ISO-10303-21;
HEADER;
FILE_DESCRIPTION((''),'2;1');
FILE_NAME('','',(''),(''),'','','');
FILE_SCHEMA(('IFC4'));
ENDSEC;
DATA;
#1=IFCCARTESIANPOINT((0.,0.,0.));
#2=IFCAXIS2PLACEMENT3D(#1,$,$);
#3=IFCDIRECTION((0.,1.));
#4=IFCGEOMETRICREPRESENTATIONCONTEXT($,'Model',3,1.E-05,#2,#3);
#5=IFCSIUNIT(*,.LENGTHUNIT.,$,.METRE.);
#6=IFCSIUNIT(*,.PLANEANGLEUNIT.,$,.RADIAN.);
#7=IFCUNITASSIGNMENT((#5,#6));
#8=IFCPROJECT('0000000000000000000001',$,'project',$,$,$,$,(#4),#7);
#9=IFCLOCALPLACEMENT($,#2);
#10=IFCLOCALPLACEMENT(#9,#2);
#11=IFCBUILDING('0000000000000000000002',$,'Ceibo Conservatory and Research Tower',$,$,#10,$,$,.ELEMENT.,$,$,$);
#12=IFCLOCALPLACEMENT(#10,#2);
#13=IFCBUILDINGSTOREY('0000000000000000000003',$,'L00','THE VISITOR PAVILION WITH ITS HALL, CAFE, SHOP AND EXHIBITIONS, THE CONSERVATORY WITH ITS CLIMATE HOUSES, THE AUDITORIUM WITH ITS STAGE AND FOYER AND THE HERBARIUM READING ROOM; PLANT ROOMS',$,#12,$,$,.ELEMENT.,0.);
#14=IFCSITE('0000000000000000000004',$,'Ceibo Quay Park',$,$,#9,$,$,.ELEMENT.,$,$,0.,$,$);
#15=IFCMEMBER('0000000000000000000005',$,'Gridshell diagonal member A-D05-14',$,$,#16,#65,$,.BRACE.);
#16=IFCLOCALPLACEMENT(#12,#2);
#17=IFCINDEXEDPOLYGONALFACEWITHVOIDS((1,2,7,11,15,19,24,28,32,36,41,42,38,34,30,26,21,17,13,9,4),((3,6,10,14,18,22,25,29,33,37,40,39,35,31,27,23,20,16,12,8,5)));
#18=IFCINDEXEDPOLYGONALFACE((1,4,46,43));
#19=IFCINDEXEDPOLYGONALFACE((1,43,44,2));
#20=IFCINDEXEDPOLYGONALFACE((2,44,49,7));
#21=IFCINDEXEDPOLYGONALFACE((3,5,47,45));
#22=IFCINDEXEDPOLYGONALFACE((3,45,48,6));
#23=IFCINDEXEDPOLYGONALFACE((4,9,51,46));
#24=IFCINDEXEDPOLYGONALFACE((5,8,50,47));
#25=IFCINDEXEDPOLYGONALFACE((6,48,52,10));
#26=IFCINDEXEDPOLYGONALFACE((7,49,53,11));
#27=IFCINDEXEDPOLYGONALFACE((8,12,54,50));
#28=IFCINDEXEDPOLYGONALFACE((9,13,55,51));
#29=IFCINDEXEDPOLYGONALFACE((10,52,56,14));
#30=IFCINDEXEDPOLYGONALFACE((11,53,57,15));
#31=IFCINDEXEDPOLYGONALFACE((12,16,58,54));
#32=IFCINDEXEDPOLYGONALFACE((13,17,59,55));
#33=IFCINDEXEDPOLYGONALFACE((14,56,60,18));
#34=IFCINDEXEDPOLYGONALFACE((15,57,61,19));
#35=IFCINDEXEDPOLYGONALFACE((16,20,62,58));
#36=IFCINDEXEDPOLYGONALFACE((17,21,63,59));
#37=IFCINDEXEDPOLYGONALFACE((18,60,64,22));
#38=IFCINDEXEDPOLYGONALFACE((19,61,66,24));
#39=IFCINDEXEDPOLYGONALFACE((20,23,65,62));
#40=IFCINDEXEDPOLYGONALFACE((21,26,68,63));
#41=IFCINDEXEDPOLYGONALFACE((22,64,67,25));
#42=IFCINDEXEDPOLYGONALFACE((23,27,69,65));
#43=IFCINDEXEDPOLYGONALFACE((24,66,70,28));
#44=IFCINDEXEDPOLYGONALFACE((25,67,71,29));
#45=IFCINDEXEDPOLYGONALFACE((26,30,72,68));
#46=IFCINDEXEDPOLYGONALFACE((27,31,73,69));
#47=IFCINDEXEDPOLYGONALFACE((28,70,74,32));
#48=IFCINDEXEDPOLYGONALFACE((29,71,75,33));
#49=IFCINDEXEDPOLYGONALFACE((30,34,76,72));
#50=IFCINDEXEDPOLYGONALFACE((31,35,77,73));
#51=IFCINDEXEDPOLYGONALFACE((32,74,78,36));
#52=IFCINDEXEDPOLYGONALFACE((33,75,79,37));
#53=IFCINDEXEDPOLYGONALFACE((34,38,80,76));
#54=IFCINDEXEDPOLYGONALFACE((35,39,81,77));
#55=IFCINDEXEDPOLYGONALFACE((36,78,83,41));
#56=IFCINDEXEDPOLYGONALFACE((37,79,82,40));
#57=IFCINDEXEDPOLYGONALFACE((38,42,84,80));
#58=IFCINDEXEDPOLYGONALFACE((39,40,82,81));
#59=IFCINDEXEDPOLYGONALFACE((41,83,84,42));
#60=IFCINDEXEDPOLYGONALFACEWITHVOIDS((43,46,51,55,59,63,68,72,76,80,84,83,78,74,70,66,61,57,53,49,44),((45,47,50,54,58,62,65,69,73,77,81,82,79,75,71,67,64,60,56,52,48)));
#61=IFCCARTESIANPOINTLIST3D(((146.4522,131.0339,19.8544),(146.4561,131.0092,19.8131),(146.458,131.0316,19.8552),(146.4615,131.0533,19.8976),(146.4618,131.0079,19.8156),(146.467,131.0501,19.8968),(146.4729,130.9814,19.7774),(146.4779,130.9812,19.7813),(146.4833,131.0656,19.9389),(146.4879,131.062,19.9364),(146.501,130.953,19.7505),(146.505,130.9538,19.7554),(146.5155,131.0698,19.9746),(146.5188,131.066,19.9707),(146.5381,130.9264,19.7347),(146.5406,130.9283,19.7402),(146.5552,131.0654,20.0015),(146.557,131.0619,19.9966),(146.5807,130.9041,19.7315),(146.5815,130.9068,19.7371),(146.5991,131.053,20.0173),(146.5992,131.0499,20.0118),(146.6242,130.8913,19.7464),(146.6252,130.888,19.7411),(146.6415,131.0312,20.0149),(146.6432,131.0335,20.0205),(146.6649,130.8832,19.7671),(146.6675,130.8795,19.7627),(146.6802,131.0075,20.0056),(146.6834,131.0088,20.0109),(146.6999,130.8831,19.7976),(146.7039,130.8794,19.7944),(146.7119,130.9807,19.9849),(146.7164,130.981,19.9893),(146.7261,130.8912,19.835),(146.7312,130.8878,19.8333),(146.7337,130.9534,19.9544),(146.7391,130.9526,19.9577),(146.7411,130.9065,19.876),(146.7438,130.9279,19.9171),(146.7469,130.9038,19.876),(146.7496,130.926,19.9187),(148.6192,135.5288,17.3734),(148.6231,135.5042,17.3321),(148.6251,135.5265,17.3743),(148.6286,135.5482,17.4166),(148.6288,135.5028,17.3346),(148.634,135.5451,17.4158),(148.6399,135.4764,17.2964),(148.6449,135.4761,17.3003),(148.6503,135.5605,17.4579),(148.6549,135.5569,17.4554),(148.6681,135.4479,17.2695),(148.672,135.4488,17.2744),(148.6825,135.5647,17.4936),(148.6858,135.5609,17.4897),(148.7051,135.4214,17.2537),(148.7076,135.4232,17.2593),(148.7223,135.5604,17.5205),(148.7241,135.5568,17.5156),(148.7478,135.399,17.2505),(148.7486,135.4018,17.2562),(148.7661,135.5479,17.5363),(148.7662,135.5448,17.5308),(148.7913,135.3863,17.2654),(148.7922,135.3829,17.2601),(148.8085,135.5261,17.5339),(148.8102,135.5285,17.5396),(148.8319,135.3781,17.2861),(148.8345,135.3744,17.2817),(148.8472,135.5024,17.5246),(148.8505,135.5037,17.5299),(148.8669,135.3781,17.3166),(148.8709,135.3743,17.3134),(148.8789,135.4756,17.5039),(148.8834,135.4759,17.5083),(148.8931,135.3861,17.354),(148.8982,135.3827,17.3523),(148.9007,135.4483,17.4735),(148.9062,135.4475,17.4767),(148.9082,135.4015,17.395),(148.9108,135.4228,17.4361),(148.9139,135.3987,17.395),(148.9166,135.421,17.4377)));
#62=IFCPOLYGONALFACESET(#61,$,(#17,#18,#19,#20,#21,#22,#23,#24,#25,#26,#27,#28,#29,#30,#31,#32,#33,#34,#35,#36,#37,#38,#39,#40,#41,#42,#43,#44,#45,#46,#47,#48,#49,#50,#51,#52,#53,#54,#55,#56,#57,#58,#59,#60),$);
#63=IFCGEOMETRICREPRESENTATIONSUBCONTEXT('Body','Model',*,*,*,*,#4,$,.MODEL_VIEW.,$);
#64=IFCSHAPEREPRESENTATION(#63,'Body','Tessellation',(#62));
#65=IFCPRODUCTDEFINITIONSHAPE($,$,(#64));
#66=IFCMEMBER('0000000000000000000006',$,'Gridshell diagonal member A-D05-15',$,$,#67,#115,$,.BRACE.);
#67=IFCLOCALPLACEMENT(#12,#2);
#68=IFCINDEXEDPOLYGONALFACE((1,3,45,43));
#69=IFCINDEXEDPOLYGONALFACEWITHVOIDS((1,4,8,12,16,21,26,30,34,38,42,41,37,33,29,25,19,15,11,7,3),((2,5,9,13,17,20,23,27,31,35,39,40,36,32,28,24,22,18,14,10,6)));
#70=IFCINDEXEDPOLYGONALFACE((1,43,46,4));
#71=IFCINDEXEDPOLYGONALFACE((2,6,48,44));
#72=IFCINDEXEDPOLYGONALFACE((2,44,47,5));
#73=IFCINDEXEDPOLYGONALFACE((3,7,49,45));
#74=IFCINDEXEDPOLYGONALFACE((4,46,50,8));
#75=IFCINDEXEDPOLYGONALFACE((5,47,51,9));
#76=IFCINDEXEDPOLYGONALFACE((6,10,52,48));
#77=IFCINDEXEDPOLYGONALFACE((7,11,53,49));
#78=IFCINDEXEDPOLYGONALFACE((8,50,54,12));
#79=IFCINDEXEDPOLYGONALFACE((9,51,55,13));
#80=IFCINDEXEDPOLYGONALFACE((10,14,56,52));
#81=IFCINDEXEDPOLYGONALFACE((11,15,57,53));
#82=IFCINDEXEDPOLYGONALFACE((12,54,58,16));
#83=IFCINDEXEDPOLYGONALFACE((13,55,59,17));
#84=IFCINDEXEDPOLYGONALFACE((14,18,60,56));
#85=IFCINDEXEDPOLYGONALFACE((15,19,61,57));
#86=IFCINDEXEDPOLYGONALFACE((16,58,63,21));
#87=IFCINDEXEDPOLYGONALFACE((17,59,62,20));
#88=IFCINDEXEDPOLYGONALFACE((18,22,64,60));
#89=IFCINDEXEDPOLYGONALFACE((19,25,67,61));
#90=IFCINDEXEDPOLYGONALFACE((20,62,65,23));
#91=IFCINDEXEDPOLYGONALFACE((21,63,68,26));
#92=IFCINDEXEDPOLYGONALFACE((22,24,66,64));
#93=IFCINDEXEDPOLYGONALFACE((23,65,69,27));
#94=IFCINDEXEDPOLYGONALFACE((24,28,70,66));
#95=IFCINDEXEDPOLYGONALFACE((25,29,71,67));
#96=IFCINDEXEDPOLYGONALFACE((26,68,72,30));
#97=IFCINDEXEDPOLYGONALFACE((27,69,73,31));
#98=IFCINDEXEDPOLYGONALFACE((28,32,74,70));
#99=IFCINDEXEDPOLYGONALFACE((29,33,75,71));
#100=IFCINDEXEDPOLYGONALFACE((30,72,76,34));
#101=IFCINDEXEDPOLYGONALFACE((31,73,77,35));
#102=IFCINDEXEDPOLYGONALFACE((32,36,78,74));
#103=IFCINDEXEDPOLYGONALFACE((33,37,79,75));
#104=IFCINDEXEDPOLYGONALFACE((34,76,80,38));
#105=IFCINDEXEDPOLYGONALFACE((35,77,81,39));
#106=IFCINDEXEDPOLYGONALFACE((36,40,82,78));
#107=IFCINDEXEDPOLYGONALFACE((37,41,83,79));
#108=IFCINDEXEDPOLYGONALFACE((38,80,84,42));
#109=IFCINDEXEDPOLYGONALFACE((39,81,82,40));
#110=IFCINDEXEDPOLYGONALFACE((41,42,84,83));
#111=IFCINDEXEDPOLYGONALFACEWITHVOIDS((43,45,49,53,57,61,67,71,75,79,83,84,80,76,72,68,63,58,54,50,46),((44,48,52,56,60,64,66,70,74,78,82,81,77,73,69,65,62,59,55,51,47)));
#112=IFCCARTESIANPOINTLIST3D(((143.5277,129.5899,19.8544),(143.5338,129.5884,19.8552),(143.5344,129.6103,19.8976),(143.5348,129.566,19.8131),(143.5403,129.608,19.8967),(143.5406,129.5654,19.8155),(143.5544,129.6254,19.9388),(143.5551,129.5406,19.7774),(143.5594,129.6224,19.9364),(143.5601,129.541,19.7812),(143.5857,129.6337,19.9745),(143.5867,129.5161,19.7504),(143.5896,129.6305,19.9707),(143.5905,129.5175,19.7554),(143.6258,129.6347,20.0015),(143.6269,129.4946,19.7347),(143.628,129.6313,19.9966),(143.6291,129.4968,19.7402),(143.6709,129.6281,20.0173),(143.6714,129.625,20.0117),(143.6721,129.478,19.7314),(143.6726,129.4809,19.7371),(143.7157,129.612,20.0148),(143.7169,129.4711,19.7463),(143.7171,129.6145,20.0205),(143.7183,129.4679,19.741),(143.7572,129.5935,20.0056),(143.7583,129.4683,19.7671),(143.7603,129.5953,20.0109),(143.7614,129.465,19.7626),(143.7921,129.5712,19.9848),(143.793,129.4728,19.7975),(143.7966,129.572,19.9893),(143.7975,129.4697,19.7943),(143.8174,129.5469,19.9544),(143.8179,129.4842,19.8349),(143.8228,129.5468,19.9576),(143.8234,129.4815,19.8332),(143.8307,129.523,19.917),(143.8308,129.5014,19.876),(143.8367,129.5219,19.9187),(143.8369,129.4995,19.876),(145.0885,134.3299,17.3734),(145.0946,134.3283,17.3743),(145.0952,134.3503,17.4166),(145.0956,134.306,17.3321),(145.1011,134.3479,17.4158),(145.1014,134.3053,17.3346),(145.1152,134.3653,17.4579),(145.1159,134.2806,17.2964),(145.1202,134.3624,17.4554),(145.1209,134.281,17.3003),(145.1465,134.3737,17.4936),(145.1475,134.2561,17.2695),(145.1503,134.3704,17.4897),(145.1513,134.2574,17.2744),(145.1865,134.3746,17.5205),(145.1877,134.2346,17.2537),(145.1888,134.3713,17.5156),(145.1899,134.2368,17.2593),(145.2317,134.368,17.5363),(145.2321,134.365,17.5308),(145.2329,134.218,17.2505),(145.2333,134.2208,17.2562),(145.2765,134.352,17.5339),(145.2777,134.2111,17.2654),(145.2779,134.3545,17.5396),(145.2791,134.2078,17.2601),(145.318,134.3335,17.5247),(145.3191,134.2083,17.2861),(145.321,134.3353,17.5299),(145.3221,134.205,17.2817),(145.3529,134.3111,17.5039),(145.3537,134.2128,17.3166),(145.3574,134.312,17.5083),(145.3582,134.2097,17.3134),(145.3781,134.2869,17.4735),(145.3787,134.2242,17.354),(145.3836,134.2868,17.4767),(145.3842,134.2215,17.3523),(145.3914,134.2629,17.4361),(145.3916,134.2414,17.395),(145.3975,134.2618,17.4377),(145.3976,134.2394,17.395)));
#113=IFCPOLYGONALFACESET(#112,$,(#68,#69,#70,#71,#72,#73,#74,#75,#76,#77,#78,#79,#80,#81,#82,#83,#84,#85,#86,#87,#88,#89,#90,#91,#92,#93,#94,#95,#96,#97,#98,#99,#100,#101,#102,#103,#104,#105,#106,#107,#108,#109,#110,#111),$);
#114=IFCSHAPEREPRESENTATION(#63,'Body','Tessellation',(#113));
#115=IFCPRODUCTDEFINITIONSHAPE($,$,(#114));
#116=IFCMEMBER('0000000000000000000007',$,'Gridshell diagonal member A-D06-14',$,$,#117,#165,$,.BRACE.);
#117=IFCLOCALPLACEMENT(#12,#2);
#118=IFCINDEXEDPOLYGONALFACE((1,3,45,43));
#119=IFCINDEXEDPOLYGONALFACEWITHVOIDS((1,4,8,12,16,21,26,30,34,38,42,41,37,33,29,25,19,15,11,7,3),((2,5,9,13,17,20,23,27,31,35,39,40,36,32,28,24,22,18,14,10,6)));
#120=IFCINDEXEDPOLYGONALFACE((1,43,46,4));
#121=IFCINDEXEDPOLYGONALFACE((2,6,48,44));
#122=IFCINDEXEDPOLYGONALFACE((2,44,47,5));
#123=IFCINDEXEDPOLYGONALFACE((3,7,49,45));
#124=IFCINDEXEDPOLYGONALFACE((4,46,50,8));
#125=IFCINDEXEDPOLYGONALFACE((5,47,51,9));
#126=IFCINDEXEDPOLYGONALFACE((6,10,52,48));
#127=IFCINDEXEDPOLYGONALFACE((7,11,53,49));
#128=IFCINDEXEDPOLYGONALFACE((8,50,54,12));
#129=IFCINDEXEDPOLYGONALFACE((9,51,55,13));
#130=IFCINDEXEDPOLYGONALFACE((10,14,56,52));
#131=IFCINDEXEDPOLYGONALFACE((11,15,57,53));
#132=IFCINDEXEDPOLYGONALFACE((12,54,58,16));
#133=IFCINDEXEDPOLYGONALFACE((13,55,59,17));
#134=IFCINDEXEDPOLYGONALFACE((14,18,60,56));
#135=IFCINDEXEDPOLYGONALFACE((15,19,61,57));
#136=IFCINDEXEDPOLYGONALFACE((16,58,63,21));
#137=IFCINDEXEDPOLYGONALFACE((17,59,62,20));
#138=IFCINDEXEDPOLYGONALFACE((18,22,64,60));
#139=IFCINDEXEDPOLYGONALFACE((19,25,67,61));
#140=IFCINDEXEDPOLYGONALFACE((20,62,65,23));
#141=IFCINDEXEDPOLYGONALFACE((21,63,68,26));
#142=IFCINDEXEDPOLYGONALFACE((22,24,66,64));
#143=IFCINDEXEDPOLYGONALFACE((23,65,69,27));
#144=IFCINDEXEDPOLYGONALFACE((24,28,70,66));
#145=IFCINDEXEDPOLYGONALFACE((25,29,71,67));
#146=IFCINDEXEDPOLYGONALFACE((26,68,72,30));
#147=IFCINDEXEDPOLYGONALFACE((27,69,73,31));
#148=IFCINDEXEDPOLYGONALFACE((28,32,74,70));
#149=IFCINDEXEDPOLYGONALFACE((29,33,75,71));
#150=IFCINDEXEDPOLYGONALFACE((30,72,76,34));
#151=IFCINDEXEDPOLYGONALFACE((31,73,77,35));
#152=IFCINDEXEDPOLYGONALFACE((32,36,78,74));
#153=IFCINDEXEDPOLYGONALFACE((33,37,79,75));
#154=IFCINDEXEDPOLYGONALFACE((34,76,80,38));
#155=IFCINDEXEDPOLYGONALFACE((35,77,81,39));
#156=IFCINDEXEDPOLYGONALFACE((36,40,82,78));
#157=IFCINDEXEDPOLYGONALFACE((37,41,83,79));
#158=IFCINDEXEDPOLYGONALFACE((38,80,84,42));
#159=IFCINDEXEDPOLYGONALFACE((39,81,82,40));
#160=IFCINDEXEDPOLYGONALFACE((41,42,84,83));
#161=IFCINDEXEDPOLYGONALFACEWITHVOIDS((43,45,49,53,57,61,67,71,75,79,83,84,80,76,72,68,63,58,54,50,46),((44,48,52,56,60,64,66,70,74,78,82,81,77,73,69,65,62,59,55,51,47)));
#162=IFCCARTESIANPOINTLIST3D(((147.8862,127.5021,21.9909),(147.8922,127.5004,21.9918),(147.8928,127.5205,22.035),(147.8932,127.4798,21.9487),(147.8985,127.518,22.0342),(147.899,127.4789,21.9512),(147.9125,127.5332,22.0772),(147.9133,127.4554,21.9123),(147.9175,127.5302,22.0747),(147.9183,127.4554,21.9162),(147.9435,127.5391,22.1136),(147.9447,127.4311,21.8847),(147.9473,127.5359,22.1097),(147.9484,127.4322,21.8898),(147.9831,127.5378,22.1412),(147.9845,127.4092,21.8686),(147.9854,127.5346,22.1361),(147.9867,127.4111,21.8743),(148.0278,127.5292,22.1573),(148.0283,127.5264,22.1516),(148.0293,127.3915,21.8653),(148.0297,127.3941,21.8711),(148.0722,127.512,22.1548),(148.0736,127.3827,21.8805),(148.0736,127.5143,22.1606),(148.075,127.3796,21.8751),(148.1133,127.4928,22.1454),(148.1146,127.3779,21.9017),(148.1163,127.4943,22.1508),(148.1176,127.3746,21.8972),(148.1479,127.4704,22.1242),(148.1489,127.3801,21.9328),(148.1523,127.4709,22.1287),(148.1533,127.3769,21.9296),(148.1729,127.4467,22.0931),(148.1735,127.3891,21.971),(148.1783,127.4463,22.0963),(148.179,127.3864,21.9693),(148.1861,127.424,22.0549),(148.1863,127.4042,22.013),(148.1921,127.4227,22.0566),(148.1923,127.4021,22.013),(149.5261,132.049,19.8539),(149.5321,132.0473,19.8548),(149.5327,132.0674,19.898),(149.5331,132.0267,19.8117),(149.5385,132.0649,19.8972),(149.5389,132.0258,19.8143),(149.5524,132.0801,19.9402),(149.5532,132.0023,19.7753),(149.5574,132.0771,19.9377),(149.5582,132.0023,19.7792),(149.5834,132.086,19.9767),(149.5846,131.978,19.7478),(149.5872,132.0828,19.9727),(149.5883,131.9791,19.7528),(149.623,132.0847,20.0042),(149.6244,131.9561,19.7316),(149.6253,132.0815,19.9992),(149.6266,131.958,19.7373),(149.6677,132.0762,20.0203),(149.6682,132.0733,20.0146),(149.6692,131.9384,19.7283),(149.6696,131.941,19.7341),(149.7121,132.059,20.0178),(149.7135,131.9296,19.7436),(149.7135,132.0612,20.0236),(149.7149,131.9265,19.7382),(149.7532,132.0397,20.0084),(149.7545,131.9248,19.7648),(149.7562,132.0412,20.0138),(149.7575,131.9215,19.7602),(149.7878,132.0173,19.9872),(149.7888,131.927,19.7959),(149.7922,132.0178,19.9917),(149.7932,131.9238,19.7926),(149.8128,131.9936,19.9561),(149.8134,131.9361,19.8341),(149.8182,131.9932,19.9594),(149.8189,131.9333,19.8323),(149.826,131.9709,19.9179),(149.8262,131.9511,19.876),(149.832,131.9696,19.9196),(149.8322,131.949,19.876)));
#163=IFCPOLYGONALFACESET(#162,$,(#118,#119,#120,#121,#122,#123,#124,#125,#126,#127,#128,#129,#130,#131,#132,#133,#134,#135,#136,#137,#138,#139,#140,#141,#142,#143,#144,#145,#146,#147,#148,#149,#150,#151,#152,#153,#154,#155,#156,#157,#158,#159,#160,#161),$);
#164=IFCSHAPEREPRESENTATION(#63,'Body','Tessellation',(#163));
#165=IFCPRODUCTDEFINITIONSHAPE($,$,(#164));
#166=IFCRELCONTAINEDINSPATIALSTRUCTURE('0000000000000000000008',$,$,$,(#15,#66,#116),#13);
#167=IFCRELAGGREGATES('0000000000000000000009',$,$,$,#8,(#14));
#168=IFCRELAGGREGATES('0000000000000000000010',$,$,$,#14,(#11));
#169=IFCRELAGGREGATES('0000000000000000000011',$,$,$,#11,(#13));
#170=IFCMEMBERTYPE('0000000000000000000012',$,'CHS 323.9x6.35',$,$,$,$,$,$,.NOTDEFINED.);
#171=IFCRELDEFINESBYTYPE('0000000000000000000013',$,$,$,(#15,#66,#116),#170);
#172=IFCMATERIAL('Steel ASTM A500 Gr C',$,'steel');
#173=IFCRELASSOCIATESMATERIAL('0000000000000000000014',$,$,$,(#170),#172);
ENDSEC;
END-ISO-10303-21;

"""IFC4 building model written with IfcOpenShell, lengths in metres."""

from ifc_helpers import new_model, si_unit, direction, frame, origin, origin_2d, place, context, subcontext, project, spatial, hollow_circle, extrude, material, material_profile, profile_set, type_object, element, save


model = new_model("IFC4")

# Units and contexts
model_context = context("Model", 3, precision=1e-05, world=origin(), true_north=direction((0.0, 1.0)))
body_context = subcontext(model_context, "Body", "Model", "MODEL_VIEW")
ifc_project = project(units=[si_unit("LENGTHUNIT", "METRE"), si_unit("PLANEANGLEUNIT", "RADIAN")], contexts=[model_context])

# Site, building, storey
site_placement = place(None, origin())
site = spatial("IfcSite", under=ifc_project, at=site_placement, Name="Ceibo Quay Park", CompositionType="ELEMENT", RefElevation=0.0)
building_placement = place(site_placement, origin())
building = spatial("IfcBuilding", under=site, at=building_placement, Name="Ceibo Conservatory and Research Tower", CompositionType="ELEMENT")
storey_placement = place(building_placement, origin())
storey = spatial("IfcBuildingStorey", under=building, at=storey_placement, Name="L00", Description="THE VISITOR PAVILION WITH ITS HALL, CAFE, SHOP AND EXHIBITIONS, THE CONSERVATORY WITH ITS CLIMATE HOUSES, THE AUDITORIUM WITH ITS STAGE AND FOYER AND THE HERBARIUM READING ROOM; PLANT ROOMS", CompositionType="ELEMENT", Elevation=0.0)

# Members
ifc_material_1 = material(Name="Steel ASTM A500 Gr C", Category="steel")
ifc_material_profile_1 = material_profile(ifc_material_1, hollow_circle(Radius=0.1619, WallThickness=0.0063, at=origin_2d()), Name="CHS 323.9x6.35")
ifc_profile_set_1 = profile_set([ifc_material_profile_1], Name="Steel ASTM A500 Gr C")
member_type_1 = type_object("IfcMemberType", Name="CHS 323.9x6.35", PredefinedType="NOTDEFINED", material=ifc_profile_set_1)
member_1_placement = place(storey_placement, frame((148.7681, 135.469, 17.395), z_axis=(-0.388859, -0.806589, 0.445199), x_axis=(0.900783, -0.43427, 0.0)))
element("IfcMember", 1, at=member_1_placement, inside=storey, type_object=member_type_1, Name="Gridshell diagonal member A-D05-14", PredefinedType="BRACE", context=body_context, shape_type="SweptSolid", body=[
    extrude(hollow_circle(Radius=0.1619, WallThickness=0.0063, at=origin_2d()), origin(), (0.0, 0.0, 1.0), 5.5728),
])
member_2_placement = place(storey_placement, frame((145.2439, 134.29, 17.395), z_axis=(-0.280061, -0.850522, 0.445172), x_axis=(0.949832, -0.312762, 0.0)))
element("IfcMember", 2, at=member_2_placement, inside=storey, type_object=member_type_1, Name="Gridshell diagonal member A-D05-15", PredefinedType="BRACE", context=body_context, shape_type="SweptSolid", body=[
    extrude(hollow_circle(Radius=0.1619, WallThickness=0.0063, at=origin_2d()), origin(), (0.0, 0.0, 1.0), 5.573),
])
member_3_placement = place(storey_placement, frame((149.6799, 132.0039, 19.876), z_axis=(-0.310299, -0.860356, 0.404354), x_axis=(0.940688, -0.339272, 0.0)))
element("IfcMember", 3, at=member_3_placement, inside=storey, type_object=member_type_1, Name="Gridshell diagonal member A-D06-14", PredefinedType="BRACE", context=body_context, shape_type="SweptSolid", body=[
    extrude(hollow_circle(Radius=0.1619, WallThickness=0.0063, at=origin_2d()), origin(), (0.0, 0.0, 1.0), 5.2849),
])

save(model, "model.ifc")
